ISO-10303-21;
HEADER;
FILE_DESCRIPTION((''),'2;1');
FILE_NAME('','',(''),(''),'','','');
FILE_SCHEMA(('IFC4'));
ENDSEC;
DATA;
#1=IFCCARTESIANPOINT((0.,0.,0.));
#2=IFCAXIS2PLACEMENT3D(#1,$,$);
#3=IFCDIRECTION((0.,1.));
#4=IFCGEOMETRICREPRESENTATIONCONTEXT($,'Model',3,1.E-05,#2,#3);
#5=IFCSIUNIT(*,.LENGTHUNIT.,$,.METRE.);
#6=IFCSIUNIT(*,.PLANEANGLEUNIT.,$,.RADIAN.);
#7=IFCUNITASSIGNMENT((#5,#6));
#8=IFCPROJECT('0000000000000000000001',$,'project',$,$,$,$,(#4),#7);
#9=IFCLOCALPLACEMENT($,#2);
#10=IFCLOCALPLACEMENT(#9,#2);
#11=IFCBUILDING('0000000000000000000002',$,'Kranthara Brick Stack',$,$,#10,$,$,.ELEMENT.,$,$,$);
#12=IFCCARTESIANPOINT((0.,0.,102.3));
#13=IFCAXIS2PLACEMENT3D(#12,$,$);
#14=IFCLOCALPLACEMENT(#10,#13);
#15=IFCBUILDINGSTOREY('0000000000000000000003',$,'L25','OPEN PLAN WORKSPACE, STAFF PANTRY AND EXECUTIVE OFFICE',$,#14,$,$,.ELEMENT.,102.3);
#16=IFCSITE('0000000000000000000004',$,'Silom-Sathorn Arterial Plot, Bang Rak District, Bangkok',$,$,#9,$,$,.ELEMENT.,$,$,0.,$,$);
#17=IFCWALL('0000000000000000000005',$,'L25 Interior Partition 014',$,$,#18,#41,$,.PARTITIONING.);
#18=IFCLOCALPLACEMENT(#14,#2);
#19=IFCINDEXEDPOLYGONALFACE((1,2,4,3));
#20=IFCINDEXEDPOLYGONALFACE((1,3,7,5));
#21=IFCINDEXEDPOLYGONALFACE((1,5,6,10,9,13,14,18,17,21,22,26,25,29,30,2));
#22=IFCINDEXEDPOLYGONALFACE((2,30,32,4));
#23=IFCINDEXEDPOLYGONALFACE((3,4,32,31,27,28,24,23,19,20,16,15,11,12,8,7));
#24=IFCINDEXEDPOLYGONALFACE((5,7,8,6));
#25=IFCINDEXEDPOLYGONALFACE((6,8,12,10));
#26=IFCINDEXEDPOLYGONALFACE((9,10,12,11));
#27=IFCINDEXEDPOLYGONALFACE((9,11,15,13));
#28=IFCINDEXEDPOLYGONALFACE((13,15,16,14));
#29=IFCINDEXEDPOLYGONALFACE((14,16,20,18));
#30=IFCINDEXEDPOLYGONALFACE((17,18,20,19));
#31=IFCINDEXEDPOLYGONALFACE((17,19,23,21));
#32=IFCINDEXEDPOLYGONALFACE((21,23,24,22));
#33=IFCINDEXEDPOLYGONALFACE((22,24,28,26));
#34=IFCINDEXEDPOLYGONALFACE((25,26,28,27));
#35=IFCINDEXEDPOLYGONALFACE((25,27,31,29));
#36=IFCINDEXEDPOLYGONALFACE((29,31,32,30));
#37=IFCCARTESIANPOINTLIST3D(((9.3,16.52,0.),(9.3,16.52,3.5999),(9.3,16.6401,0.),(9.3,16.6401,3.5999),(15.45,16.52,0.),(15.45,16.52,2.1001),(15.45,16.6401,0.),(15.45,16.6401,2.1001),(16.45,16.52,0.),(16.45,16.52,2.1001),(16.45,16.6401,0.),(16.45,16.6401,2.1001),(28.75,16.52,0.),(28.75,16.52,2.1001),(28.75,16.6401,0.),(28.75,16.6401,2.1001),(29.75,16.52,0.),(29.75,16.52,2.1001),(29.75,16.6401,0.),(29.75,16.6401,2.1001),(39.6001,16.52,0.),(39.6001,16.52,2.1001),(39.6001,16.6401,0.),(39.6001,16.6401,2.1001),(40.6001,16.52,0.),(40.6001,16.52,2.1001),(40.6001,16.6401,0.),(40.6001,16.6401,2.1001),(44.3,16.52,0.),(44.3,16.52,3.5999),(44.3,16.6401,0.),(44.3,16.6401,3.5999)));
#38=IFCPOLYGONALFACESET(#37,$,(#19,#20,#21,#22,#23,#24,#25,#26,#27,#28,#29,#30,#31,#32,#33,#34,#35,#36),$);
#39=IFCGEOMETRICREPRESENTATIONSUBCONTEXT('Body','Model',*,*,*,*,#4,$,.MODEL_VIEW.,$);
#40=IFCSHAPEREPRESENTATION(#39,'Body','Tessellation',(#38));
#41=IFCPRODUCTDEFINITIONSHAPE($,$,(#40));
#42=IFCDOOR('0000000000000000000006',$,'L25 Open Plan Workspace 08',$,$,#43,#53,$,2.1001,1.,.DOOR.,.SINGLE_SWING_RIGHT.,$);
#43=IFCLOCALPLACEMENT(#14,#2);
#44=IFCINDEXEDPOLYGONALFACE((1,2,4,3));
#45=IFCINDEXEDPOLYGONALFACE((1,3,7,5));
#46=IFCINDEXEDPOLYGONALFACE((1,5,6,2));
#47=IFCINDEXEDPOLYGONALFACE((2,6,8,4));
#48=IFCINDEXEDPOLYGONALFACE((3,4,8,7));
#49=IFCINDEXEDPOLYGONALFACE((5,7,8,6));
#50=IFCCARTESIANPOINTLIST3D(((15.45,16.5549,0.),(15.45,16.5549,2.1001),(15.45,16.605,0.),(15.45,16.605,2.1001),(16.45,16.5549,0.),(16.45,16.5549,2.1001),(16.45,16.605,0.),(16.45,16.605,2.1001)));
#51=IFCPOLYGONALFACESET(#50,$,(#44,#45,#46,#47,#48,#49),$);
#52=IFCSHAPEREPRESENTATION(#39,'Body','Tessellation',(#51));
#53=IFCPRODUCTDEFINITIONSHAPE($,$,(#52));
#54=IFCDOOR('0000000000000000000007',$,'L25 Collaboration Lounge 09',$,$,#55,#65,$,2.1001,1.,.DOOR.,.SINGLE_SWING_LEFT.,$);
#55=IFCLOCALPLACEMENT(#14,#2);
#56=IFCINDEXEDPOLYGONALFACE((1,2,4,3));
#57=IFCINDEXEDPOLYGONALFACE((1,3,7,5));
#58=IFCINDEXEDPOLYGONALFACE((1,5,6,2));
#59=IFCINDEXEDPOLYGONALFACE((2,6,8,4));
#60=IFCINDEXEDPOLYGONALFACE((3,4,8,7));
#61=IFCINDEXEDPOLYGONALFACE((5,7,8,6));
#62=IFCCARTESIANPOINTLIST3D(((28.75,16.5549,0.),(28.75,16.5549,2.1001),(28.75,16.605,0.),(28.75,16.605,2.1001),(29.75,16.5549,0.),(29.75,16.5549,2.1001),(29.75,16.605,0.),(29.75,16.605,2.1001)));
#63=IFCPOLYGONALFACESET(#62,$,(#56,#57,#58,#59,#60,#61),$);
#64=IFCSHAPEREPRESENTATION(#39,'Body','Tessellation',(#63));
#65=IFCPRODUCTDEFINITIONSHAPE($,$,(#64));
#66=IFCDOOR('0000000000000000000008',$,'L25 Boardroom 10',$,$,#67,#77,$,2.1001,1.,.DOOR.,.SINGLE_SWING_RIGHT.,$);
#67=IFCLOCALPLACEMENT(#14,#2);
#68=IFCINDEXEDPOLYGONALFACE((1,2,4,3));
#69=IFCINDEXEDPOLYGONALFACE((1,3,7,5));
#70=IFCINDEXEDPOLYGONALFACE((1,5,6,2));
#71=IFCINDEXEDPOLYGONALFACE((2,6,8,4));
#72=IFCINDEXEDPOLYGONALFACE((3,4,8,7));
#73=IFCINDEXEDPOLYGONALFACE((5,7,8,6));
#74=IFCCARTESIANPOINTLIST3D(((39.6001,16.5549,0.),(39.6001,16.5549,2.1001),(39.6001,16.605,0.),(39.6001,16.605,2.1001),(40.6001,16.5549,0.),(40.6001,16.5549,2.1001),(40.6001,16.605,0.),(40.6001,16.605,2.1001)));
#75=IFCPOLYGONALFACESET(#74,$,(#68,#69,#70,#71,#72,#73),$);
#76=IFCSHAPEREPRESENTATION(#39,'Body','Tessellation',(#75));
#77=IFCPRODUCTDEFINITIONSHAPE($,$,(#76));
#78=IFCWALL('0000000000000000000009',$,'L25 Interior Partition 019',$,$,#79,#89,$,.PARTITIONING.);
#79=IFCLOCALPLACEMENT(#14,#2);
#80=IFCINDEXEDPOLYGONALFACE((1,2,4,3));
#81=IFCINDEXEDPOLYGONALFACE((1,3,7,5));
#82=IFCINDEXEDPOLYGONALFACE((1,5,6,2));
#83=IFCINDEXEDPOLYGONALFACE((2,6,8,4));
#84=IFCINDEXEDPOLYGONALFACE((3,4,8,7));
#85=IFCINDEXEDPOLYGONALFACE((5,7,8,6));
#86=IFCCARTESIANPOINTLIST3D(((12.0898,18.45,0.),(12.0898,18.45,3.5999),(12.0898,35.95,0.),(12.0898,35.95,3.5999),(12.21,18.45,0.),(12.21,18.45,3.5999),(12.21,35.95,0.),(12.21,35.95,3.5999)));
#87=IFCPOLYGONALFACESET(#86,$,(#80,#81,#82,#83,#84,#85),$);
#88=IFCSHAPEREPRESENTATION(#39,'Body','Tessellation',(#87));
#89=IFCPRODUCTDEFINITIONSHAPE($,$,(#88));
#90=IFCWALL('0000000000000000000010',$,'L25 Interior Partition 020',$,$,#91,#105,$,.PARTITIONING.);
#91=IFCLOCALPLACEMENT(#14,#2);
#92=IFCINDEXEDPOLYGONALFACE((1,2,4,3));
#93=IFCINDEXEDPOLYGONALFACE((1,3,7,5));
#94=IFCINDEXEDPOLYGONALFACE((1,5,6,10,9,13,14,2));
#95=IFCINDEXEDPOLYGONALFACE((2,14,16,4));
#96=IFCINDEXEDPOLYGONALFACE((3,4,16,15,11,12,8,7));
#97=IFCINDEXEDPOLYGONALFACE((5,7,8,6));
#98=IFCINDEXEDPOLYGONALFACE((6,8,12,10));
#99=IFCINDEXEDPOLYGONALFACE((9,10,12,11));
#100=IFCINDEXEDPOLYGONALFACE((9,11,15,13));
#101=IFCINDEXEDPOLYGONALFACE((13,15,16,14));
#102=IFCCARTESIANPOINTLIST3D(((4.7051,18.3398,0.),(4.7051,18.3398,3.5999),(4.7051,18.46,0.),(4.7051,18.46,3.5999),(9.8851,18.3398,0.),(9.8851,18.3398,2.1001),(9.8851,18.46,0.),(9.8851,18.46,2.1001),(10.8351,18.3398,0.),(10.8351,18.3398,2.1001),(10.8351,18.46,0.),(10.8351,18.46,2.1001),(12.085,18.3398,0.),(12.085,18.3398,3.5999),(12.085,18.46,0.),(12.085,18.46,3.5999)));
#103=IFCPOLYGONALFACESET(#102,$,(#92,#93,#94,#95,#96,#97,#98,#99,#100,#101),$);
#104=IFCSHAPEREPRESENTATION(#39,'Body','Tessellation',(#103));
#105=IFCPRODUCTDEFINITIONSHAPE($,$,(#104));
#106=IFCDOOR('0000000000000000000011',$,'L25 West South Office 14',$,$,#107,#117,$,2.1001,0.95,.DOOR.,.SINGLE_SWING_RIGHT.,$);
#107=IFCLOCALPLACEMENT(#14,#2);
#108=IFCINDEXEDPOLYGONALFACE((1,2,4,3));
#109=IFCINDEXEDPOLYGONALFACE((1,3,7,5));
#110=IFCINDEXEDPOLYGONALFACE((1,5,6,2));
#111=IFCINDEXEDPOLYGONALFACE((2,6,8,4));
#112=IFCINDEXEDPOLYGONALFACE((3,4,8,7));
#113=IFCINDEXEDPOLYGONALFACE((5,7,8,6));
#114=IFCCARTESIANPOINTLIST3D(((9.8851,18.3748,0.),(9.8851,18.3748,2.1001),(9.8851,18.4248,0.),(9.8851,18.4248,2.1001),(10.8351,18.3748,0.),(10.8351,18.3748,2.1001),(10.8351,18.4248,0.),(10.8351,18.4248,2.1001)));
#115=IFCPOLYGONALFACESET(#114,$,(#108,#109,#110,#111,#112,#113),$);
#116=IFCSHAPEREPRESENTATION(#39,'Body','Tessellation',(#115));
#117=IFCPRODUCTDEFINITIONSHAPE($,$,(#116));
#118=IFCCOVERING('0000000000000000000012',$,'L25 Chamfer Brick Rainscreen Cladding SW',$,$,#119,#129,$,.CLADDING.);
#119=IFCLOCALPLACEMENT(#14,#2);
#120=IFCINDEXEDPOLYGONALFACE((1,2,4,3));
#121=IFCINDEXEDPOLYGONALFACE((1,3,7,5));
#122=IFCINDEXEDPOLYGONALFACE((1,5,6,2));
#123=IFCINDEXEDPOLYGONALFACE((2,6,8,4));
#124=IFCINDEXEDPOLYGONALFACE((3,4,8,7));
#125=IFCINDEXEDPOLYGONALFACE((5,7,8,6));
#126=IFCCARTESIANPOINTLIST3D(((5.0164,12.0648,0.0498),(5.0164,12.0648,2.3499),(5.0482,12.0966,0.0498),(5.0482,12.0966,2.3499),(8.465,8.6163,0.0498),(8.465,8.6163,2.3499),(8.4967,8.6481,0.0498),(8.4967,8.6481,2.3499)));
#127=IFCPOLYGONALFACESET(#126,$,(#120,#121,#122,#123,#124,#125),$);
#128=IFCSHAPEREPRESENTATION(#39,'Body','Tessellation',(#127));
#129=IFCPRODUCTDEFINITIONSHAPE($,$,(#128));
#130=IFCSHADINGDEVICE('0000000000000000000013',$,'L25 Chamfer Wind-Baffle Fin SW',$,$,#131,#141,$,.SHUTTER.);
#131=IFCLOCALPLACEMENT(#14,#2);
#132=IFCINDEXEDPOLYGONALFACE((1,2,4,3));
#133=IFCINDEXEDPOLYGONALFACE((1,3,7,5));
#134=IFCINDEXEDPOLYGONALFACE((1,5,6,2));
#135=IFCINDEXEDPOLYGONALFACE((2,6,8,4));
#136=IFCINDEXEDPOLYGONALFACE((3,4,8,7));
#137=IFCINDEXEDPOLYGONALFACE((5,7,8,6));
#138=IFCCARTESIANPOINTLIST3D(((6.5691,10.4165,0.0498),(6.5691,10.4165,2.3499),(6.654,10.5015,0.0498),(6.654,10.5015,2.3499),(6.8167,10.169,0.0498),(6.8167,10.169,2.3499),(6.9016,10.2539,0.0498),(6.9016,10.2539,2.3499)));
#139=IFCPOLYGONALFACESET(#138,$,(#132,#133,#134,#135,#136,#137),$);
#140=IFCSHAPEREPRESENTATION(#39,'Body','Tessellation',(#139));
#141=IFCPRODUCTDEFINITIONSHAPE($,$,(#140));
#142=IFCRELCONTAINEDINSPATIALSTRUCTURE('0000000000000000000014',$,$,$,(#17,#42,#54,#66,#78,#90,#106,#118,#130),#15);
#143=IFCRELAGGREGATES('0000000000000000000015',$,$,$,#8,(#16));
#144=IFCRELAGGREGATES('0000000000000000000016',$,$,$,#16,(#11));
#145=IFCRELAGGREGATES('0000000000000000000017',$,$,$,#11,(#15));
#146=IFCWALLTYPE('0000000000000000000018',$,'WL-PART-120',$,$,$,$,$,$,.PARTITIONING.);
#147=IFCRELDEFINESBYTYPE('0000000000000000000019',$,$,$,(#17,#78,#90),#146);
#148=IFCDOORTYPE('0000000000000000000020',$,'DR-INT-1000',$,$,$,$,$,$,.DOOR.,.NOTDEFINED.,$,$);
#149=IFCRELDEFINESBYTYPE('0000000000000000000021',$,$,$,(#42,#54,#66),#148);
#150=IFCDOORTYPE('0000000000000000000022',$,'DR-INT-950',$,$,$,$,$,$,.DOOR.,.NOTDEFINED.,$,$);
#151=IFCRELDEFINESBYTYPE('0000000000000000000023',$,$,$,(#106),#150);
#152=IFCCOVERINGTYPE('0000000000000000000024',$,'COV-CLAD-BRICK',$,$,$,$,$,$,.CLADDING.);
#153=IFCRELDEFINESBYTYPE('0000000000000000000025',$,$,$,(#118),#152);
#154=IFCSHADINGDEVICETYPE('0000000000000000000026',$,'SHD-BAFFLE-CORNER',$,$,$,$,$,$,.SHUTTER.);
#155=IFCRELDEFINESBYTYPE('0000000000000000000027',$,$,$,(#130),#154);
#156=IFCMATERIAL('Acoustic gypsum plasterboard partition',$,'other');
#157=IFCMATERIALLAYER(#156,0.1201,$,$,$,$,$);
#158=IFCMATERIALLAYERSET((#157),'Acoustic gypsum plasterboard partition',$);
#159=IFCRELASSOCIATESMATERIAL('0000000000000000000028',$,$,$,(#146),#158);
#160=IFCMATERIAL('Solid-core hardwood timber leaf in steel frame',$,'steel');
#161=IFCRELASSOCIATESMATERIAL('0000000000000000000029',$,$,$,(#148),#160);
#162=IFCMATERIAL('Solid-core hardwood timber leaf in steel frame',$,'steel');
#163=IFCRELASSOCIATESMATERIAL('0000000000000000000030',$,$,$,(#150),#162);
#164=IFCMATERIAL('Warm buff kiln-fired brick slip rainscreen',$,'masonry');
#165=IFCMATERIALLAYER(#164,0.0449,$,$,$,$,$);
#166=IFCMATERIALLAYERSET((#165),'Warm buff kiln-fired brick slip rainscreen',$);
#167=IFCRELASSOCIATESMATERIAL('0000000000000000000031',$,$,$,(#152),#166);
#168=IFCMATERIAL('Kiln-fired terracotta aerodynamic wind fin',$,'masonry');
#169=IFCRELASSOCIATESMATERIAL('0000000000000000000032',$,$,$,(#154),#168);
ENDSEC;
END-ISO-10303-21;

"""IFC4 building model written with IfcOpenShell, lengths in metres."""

from ifc_helpers import new_model, si_unit, direction, frame, frame_2d, origin, origin_2d, place, context, subcontext, project, spatial, rectangle, extrude, material, layer, layer_set, type_object, element, fill, save


model = new_model("IFC4")

# Units and contexts
model_context = context("Model", 3, precision=1e-05, world=origin(), true_north=direction((0.0, 1.0)))
body_context = subcontext(model_context, "Body", "Model", "MODEL_VIEW")
ifc_project = project(units=[si_unit("LENGTHUNIT", "METRE"), si_unit("PLANEANGLEUNIT", "RADIAN")], contexts=[model_context])

# Site, building, storey
site_placement = place(None, origin())
site = spatial("IfcSite", under=ifc_project, at=site_placement, Name="Silom-Sathorn Arterial Plot, Bang Rak District, Bangkok", CompositionType="ELEMENT", RefElevation=0.0)
building_placement = place(site_placement, origin())
building = spatial("IfcBuilding", under=site, at=building_placement, Name="Kranthara Brick Stack", CompositionType="ELEMENT")
storey_placement = place(building_placement, frame((0.0, 0.0, 102.3)))
storey = spatial("IfcBuildingStorey", under=building, at=storey_placement, Name="L25", Description="OPEN PLAN WORKSPACE, STAFF PANTRY AND EXECUTIVE OFFICE", CompositionType="ELEMENT", Elevation=102.3)

# Wall, openings, doors
ifc_material_1 = material(Name="Acoustic gypsum plasterboard partition", Category="other")
ifc_layer_1 = layer(ifc_material_1, 0.1201)
ifc_layer_set_1 = layer_set([ifc_layer_1], Name="Acoustic gypsum plasterboard partition")
wall_type_1 = type_object("IfcWallType", Name="WL-PART-120", PredefinedType="PARTITIONING", material=ifc_layer_set_1)
wall_1_placement = place(storey_placement, frame((9.3, 16.5801, 0.0), z_axis=(0.0, 0.0, 1.0), x_axis=(1.0, 0.0, 0.0)))
wall_1 = element("IfcWall", 1, at=wall_1_placement, inside=storey, type_object=wall_type_1, Name="L25 Interior Partition 014", PredefinedType="PARTITIONING", context=body_context, shape_type="SweptSolid", body=[
    extrude(rectangle(XDim=35.0, YDim=0.1201, at=frame_2d((17.5, 0.0))), origin(), (0.0, 0.0, 1.0), 3.5999),
])
opening_1_placement = place(wall_1_placement, frame((6.1499, 0.0, 0.0)))
opening_1 = element("IfcOpeningElement", 2, at=opening_1_placement, cuts=wall_1, PredefinedType="OPENING", context=body_context, shape_type="SweptSolid", body=[
    extrude(rectangle(XDim=1.0, YDim=2.1001, at=frame_2d((0.5, 1.05))), frame((0.0, 0.0701, 0.0), z_axis=(0.0, -1.0, 0.0), x_axis=(1.0, 0.0, 0.0)), (0.0, 0.0, 1.0), 0.1401),
])
opening_2_placement = place(wall_1_placement, frame((19.45, 0.0, 0.0)))
opening_2 = element("IfcOpeningElement", 3, at=opening_2_placement, cuts=wall_1, PredefinedType="OPENING", context=body_context, shape_type="SweptSolid", body=[
    extrude(rectangle(XDim=1.0, YDim=2.1001, at=frame_2d((0.5, 1.05))), frame((0.0, 0.0701, 0.0), z_axis=(0.0, -1.0, 0.0), x_axis=(1.0, 0.0, 0.0)), (0.0, 0.0, 1.0), 0.1401),
])
opening_3_placement = place(wall_1_placement, frame((30.3, 0.0, 0.0)))
opening_3 = element("IfcOpeningElement", 4, at=opening_3_placement, cuts=wall_1, PredefinedType="OPENING", context=body_context, shape_type="SweptSolid", body=[
    extrude(rectangle(XDim=1.0, YDim=2.1001, at=frame_2d((0.5, 1.05))), frame((0.0, 0.0701, 0.0), z_axis=(0.0, -1.0, 0.0), x_axis=(1.0, 0.0, 0.0)), (0.0, 0.0, 1.0), 0.1401),
])
ifc_material_2 = material(Name="Solid-core hardwood timber leaf in steel frame", Category="steel")
door_type_1 = type_object("IfcDoorType", Name="DR-INT-1000", OperationType="NOTDEFINED", PredefinedType="DOOR", material=ifc_material_2)
door_1_placement = place(opening_1_placement, origin())
door_1 = element("IfcDoor", 5, at=door_1_placement, inside=storey, type_object=door_type_1, Name="L25 Open Plan Workspace 08", OperationType="SINGLE_SWING_RIGHT", OverallHeight=2.1001, OverallWidth=1.0, PredefinedType="DOOR", context=body_context, shape_type="SweptSolid", body=[
    extrude(rectangle(XDim=1.0, YDim=2.1001, at=frame_2d((0.5, 1.05))), frame((0.0, 0.0249, 0.0), z_axis=(0.0, -1.0, 0.0), x_axis=(1.0, 0.0, 0.0)), (0.0, 0.0, 1.0), 0.05),
])
fill(opening_1, door_1)
door_2_placement = place(opening_2_placement, origin())
door_2 = element("IfcDoor", 6, at=door_2_placement, inside=storey, type_object=door_type_1, Name="L25 Collaboration Lounge 09", OperationType="SINGLE_SWING_LEFT", OverallHeight=2.1001, OverallWidth=1.0, PredefinedType="DOOR", context=body_context, shape_type="SweptSolid", body=[
    extrude(rectangle(XDim=1.0, YDim=2.1001, at=frame_2d((0.5, 1.05))), frame((0.0, 0.0249, 0.0), z_axis=(0.0, -1.0, 0.0), x_axis=(1.0, 0.0, 0.0)), (0.0, 0.0, 1.0), 0.05),
])
fill(opening_2, door_2)
door_3_placement = place(opening_3_placement, origin())
door_3 = element("IfcDoor", 7, at=door_3_placement, inside=storey, type_object=door_type_1, Name="L25 Boardroom 10", OperationType="SINGLE_SWING_RIGHT", OverallHeight=2.1001, OverallWidth=1.0, PredefinedType="DOOR", context=body_context, shape_type="SweptSolid", body=[
    extrude(rectangle(XDim=1.0, YDim=2.1001, at=frame_2d((0.5, 1.05))), frame((0.0, 0.0249, 0.0), z_axis=(0.0, -1.0, 0.0), x_axis=(1.0, 0.0, 0.0)), (0.0, 0.0, 1.0), 0.05),
])
fill(opening_3, door_3)

# Wall
wall_2_placement = place(storey_placement, frame((12.1499, 18.45, 0.0), z_axis=(0.0, 0.0, 1.0), x_axis=(0.0, 1.0, 0.0)))
element("IfcWall", 8, at=wall_2_placement, inside=storey, type_object=wall_type_1, Name="L25 Interior Partition 019", PredefinedType="PARTITIONING", context=body_context, shape_type="SweptSolid", body=[
    extrude(rectangle(XDim=17.5, YDim=0.1201, at=frame_2d((8.75, 0.0))), origin(), (0.0, 0.0, 1.0), 3.5999),
])

# Wall, opening, door
wall_3_placement = place(storey_placement, frame((4.7051, 18.3999, 0.0), z_axis=(0.0, 0.0, 1.0), x_axis=(1.0, 0.0, 0.0)))
wall_3 = element("IfcWall", 9, at=wall_3_placement, inside=storey, type_object=wall_type_1, Name="L25 Interior Partition 020", PredefinedType="PARTITIONING", context=body_context, shape_type="SweptSolid", body=[
    extrude(rectangle(XDim=7.3799, YDim=0.1201, at=frame_2d((3.6899, 0.0))), origin(), (0.0, 0.0, 1.0), 3.5999),
])
opening_4_placement = place(wall_3_placement, frame((5.1799, 0.0, 0.0)))
opening_4 = element("IfcOpeningElement", 10, at=opening_4_placement, cuts=wall_3, PredefinedType="OPENING", context=body_context, shape_type="SweptSolid", body=[
    extrude(rectangle(XDim=0.95, YDim=2.1001, at=frame_2d((0.4751, 1.05))), frame((0.0, 0.0701, 0.0), z_axis=(0.0, -1.0, 0.0), x_axis=(1.0, 0.0, 0.0)), (0.0, 0.0, 1.0), 0.1401),
])
ifc_material_3 = material(Name="Solid-core hardwood timber leaf in steel frame", Category="steel")
door_type_2 = type_object("IfcDoorType", Name="DR-INT-950", OperationType="NOTDEFINED", PredefinedType="DOOR", material=ifc_material_3)
door_4_placement = place(opening_4_placement, origin())
door_4 = element("IfcDoor", 11, at=door_4_placement, inside=storey, type_object=door_type_2, Name="L25 West South Office 14", OperationType="SINGLE_SWING_RIGHT", OverallHeight=2.1001, OverallWidth=0.95, PredefinedType="DOOR", context=body_context, shape_type="SweptSolid", body=[
    extrude(rectangle(XDim=0.95, YDim=2.1001, at=frame_2d((0.4751, 1.05))), frame((0.0, 0.0249, 0.0), z_axis=(0.0, -1.0, 0.0), x_axis=(1.0, 0.0, 0.0)), (0.0, 0.0, 1.0), 0.05),
])
fill(opening_4, door_4)

# Covering
ifc_material_4 = material(Name="Warm buff kiln-fired brick slip rainscreen", Category="masonry")
ifc_layer_2 = layer(ifc_material_4, 0.0449)
ifc_layer_set_2 = layer_set([ifc_layer_2], Name="Warm buff kiln-fired brick slip rainscreen")
covering_type = type_object("IfcCoveringType", Name="COV-CLAD-BRICK", PredefinedType="CLADDING", material=ifc_layer_set_2)
covering_placement = place(storey_placement, frame((6.7566, 10.3564, 0.0498), z_axis=(0.0, 0.0, 1.0), x_axis=(-0.707107, 0.707107, 0.0)))
element("IfcCovering", 12, at=covering_placement, inside=storey, type_object=covering_type, Name="L25 Chamfer Brick Rainscreen Cladding SW", PredefinedType="CLADDING", context=body_context, shape_type="SweptSolid", body=[
    extrude(rectangle(XDim=4.877, YDim=0.0449, at=origin_2d()), origin(), (0.0, 0.0, 1.0), 2.3),
])

# Shading device
ifc_material_5 = material(Name="Kiln-fired terracotta aerodynamic wind fin", Category="masonry")
shading_device_type = type_object("IfcShadingDeviceType", Name="SHD-BAFFLE-CORNER", PredefinedType="SHUTTER", material=ifc_material_5)
shading_device_placement = place(storey_placement, frame((6.7354, 10.3352, 0.0498), z_axis=(0.0, 0.0, 1.0), x_axis=(-0.707107, 0.707107, 0.0)))
element("IfcShadingDevice", 13, at=shading_device_placement, inside=storey, type_object=shading_device_type, Name="L25 Chamfer Wind-Baffle Fin SW", PredefinedType="SHUTTER", context=body_context, shape_type="SweptSolid", body=[
    extrude(rectangle(XDim=0.3501, YDim=0.1201, at=origin_2d()), origin(), (0.0, 0.0, 1.0), 2.3),
])

save(model, "model.ifc")
